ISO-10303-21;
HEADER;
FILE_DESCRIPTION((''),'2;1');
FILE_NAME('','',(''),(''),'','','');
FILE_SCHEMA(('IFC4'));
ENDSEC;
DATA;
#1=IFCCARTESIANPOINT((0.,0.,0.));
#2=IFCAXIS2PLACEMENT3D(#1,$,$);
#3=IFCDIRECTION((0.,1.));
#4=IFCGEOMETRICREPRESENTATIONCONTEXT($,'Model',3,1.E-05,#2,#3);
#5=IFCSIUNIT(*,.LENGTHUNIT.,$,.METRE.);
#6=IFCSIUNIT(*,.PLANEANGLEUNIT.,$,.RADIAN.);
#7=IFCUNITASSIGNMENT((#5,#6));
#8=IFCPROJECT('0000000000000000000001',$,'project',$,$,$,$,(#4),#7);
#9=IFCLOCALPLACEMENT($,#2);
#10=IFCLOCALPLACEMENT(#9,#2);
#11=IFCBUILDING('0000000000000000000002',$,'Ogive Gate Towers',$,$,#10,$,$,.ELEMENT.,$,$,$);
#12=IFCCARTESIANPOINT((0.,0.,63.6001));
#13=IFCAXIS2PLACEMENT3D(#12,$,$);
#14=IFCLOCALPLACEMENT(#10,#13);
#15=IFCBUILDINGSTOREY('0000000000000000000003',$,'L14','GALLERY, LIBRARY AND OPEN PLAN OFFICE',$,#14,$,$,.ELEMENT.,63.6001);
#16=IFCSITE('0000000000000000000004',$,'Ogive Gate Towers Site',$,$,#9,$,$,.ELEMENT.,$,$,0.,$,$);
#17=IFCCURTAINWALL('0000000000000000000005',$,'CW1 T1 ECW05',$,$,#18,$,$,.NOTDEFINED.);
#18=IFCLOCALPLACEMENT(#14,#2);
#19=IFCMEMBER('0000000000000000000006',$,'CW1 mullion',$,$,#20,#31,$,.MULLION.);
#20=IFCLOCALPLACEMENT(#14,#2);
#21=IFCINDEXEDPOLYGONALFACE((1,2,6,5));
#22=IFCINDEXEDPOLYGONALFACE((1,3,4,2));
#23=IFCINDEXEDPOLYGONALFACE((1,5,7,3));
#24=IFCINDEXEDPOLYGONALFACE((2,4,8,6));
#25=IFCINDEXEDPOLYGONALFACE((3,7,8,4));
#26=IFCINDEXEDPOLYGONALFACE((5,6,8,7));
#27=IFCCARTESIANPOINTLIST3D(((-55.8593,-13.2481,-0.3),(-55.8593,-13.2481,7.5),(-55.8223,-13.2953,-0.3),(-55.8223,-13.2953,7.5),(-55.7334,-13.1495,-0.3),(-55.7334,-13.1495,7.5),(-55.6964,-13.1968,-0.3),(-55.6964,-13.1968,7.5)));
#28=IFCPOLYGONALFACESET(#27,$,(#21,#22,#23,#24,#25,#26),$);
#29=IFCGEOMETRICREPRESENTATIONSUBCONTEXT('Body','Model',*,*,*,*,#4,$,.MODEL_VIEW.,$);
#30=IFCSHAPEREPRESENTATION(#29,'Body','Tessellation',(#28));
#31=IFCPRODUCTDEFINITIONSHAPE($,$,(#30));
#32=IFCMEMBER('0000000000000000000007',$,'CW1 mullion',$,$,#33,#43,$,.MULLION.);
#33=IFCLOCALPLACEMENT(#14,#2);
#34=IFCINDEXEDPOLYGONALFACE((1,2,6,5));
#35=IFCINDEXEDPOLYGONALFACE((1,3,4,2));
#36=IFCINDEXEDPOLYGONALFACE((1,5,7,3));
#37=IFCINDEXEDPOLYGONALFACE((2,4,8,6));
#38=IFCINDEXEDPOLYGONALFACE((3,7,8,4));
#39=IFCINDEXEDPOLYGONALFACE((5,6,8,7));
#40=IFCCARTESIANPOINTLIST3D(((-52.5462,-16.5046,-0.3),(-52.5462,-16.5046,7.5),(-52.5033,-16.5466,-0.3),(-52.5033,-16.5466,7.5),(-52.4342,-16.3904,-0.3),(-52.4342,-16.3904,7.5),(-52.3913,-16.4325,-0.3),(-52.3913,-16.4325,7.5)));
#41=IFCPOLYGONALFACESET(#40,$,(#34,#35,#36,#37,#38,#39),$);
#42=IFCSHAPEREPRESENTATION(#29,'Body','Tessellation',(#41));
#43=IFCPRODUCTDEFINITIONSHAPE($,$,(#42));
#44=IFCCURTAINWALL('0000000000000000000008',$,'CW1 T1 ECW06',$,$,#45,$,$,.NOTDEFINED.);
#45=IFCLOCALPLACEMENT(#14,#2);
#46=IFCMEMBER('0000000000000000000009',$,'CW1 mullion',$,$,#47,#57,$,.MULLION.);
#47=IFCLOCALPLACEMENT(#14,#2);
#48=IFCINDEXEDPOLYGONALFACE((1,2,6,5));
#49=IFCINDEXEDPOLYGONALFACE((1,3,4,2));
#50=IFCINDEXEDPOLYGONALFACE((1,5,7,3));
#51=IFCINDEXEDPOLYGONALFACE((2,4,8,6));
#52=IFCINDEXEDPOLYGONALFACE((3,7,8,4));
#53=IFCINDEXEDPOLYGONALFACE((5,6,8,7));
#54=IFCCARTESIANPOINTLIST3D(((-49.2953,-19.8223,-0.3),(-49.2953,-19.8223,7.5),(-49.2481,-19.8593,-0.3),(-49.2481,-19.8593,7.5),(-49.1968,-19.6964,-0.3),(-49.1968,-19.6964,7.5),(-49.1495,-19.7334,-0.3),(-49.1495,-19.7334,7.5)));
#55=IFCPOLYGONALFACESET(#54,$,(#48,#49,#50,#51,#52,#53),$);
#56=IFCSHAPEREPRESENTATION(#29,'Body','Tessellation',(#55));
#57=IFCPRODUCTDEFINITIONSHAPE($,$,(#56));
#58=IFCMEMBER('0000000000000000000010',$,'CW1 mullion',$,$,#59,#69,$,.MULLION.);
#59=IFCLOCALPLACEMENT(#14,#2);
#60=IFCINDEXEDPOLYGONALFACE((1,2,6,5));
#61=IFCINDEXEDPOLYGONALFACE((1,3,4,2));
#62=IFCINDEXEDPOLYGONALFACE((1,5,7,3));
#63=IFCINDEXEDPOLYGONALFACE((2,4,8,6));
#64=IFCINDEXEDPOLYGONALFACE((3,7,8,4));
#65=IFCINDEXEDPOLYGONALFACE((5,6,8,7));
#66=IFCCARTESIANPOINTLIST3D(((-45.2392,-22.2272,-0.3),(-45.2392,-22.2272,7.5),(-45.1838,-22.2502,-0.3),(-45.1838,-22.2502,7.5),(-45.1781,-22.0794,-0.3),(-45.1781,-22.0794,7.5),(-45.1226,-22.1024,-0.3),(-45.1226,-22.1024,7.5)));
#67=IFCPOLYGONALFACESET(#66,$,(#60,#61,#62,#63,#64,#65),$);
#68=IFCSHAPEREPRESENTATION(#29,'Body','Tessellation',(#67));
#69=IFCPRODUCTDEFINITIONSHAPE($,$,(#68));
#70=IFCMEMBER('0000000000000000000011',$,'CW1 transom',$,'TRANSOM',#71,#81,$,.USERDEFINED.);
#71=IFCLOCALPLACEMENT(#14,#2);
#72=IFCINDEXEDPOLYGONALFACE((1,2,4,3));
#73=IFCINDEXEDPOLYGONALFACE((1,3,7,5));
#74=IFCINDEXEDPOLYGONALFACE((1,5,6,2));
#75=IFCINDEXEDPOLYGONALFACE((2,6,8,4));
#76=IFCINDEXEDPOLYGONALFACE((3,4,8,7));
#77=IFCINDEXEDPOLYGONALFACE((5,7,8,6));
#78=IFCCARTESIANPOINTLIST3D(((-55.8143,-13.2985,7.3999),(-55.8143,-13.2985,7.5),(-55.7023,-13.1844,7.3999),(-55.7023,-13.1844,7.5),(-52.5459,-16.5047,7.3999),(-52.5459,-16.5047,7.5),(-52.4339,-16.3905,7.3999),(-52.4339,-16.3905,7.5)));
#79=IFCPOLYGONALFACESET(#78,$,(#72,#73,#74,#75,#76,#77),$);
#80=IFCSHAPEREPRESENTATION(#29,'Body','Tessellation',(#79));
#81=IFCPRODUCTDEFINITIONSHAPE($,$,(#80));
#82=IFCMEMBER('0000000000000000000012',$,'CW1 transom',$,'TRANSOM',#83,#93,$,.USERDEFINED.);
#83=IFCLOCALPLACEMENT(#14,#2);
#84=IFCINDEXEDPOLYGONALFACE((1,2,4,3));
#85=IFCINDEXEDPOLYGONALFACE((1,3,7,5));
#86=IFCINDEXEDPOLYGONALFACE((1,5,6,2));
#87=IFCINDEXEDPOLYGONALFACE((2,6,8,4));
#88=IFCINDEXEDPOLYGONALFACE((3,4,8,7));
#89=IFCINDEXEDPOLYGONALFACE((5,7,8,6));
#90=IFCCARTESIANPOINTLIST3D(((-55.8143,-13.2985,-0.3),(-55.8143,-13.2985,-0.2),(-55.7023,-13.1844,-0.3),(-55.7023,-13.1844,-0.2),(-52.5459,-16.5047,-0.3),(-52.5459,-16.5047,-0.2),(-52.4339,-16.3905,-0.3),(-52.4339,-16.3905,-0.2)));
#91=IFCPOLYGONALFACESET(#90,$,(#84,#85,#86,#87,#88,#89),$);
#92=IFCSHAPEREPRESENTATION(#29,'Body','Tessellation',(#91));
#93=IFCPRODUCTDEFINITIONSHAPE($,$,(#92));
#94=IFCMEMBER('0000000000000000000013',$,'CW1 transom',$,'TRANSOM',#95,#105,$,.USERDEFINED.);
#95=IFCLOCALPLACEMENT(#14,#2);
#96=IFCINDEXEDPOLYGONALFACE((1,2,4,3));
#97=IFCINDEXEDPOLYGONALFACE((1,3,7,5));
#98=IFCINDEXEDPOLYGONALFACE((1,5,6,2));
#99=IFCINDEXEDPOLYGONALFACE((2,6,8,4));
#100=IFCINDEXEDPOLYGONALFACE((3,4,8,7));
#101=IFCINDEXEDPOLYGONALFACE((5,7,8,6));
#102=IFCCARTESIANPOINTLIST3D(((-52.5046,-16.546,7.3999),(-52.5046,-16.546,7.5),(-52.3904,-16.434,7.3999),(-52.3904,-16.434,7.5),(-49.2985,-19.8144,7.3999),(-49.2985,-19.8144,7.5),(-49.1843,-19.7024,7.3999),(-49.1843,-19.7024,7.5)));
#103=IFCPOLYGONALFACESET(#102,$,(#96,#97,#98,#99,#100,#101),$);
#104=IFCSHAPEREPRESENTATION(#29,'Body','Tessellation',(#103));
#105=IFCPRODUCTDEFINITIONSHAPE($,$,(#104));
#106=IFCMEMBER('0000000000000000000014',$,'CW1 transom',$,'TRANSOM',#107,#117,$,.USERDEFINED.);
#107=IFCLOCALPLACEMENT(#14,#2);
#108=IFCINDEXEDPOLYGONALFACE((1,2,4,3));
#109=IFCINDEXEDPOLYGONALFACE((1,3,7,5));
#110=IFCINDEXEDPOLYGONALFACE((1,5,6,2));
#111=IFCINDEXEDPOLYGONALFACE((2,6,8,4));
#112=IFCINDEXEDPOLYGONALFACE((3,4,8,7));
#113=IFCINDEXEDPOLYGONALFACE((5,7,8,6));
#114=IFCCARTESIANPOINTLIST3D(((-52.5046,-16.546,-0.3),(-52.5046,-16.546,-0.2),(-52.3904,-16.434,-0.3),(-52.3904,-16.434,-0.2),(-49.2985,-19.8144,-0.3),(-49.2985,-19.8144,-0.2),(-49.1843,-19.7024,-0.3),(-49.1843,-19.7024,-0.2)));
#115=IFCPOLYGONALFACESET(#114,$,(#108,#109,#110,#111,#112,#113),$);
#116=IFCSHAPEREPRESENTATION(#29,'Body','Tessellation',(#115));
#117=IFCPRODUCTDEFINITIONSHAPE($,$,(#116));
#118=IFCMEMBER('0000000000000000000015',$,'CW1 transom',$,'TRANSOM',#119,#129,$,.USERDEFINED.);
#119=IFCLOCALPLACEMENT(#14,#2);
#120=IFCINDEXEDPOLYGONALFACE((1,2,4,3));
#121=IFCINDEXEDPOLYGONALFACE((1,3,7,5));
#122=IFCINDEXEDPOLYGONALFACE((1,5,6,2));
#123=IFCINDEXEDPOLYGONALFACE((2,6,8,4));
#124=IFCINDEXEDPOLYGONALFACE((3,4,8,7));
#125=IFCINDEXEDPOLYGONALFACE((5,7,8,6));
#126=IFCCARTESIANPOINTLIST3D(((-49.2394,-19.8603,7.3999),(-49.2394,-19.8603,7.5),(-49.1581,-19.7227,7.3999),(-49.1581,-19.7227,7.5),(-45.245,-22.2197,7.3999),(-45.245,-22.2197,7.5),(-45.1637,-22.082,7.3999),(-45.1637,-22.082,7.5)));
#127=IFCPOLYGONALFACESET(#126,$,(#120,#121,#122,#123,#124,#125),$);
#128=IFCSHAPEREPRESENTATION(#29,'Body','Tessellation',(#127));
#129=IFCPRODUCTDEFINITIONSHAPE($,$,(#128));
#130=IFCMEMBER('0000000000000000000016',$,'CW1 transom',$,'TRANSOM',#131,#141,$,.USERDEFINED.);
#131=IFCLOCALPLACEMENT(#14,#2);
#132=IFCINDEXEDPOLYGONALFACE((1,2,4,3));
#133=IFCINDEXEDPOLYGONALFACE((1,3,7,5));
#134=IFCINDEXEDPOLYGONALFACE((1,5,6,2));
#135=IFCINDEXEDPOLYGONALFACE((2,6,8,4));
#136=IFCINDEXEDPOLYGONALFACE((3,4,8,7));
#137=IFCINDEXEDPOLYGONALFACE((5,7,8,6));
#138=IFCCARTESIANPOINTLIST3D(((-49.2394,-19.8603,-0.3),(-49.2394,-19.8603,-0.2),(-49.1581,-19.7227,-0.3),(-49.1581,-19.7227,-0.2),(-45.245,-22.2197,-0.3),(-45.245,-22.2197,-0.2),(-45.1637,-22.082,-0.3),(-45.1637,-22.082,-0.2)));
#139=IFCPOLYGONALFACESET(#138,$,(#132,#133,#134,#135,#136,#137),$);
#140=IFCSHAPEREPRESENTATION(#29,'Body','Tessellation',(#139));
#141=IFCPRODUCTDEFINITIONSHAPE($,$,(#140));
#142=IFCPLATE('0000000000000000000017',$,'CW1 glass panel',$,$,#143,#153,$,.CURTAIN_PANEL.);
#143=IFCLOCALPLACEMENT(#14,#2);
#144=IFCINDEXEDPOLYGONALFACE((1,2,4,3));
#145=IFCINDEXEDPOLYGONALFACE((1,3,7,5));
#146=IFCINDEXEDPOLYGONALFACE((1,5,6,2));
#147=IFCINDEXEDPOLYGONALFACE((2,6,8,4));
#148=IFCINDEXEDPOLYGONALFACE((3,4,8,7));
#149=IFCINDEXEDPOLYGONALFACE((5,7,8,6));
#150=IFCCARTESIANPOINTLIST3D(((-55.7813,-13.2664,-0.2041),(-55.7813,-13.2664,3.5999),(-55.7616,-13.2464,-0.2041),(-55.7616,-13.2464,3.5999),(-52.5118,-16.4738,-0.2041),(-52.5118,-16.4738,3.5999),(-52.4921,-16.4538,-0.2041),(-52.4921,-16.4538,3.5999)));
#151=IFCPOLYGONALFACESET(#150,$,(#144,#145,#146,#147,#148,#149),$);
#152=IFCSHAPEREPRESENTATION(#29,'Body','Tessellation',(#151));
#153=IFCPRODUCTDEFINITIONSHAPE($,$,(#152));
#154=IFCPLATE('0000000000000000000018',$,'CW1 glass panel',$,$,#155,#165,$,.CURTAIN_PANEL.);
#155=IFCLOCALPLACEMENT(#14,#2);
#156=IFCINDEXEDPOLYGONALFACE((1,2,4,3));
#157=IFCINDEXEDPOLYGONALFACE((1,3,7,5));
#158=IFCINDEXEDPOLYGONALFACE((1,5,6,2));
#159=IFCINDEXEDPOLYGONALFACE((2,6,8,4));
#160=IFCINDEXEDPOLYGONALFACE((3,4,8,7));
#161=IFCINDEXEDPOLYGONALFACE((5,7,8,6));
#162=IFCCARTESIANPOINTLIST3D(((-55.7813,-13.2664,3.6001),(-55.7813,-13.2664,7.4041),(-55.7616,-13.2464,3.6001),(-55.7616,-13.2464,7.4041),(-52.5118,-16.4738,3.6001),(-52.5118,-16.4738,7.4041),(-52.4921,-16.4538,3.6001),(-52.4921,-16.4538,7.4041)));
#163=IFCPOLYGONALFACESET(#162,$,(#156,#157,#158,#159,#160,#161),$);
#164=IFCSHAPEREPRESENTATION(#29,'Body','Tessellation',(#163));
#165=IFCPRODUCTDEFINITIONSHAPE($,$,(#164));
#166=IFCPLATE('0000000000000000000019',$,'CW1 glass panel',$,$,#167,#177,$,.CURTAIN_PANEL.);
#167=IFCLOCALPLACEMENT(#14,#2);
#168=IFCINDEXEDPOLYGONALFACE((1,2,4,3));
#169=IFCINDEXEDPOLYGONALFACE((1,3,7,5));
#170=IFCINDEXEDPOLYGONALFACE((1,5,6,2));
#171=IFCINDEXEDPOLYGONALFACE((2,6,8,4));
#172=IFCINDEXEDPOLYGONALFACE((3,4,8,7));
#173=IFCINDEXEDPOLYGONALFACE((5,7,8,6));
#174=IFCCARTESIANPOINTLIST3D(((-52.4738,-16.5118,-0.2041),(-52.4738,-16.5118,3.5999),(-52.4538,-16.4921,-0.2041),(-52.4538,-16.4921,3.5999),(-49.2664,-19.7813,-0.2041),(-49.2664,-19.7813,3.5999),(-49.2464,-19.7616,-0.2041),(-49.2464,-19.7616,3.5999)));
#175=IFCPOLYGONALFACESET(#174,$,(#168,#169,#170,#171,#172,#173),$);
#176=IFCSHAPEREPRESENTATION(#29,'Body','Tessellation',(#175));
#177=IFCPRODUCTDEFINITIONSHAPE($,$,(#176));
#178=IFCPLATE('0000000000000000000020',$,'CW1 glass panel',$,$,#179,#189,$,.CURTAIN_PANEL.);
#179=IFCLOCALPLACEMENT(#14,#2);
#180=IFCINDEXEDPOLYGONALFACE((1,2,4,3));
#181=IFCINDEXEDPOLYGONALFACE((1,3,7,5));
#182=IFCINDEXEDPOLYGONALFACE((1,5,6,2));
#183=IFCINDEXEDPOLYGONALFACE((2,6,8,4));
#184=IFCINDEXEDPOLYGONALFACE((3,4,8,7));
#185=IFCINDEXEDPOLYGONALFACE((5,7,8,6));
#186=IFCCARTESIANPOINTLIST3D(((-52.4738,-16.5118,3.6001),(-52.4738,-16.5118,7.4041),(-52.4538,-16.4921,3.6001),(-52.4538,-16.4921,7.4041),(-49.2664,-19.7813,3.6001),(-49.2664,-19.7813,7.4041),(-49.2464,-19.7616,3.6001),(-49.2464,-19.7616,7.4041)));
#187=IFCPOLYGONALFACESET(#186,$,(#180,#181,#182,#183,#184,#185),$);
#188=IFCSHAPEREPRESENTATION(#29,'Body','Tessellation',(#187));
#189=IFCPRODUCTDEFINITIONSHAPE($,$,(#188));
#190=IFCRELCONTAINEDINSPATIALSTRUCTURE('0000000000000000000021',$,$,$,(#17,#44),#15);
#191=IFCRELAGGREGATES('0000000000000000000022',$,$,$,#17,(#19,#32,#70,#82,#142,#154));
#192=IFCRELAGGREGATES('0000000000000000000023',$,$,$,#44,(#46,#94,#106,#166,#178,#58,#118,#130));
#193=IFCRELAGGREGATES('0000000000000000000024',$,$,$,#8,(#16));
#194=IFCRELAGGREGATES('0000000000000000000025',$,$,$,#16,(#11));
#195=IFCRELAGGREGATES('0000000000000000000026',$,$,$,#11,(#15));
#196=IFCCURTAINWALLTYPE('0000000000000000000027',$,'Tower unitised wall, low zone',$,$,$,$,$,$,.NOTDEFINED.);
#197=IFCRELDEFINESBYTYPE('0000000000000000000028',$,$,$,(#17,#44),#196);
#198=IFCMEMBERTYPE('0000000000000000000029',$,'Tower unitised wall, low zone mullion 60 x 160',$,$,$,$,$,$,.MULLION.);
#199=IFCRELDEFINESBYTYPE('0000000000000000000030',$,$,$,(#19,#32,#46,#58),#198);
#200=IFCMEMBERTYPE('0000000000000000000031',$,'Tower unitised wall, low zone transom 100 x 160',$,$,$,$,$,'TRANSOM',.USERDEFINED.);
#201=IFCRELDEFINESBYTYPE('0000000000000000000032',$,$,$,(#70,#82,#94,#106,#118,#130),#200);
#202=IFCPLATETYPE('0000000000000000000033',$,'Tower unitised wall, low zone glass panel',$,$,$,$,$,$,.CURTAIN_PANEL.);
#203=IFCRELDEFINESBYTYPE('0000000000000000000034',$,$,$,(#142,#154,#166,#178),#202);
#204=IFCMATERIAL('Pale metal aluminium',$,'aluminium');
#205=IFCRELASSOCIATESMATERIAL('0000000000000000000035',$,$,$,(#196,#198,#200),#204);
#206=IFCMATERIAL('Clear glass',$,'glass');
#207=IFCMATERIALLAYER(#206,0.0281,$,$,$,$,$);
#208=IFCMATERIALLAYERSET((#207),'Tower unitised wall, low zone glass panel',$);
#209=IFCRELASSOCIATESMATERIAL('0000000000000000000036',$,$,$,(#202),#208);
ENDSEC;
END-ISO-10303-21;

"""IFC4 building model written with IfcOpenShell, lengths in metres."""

from ifc_helpers import new_model, si_unit, direction, frame, origin, origin_2d, place, context, subcontext, project, spatial, rectangle, extrude, material, layer, layer_set, material_profile, profile_set, type_object, element, aggregate, save


model = new_model("IFC4")

# Units and contexts
model_context = context("Model", 3, precision=1e-05, world=origin(), true_north=direction((0.0, 1.0)))
body_context = subcontext(model_context, "Body", "Model", "MODEL_VIEW")
ifc_project = project(units=[si_unit("LENGTHUNIT", "METRE"), si_unit("PLANEANGLEUNIT", "RADIAN")], contexts=[model_context])

# Site, building, storey
site_placement = place(None, origin())
site = spatial("IfcSite", under=ifc_project, at=site_placement, Name="Ogive Gate Towers Site", CompositionType="ELEMENT", RefElevation=0.0)
building_placement = place(site_placement, origin())
building = spatial("IfcBuilding", under=site, at=building_placement, Name="Ogive Gate Towers", CompositionType="ELEMENT")
storey_placement = place(building_placement, frame((0.0, 0.0, 63.6001)))
storey = spatial("IfcBuildingStorey", under=building, at=storey_placement, Name="L14", Description="GALLERY, LIBRARY AND OPEN PLAN OFFICE", CompositionType="ELEMENT", Elevation=63.6001)

# Curtain walls, members
ifc_material_1 = material(Name="Pale metal aluminium", Category="aluminium")
curtain_wall_type = type_object("IfcCurtainWallType", Name="Tower unitised wall, low zone", PredefinedType="NOTDEFINED", material=ifc_material_1)
curtain_wall_1_placement = place(storey_placement, origin())
curtain_wall_1 = element("IfcCurtainWall", 1, at=curtain_wall_1_placement, inside=storey, type_object=curtain_wall_type, Name="CW1 T1 ECW05", PredefinedType="NOTDEFINED")
ifc_material_profile_1 = material_profile(ifc_material_1, rectangle(XDim=0.1599, YDim=0.0601, at=origin_2d()), Name="60 x 160 aluminium box")
ifc_profile_set_1 = profile_set([ifc_material_profile_1], Name="Pale metal aluminium")
member_type_1 = type_object("IfcMemberType", Name="Tower unitised wall, low zone mullion 60 x 160", PredefinedType="MULLION", material=ifc_profile_set_1)
member_1_placement = place(storey_placement, frame((-55.7778, -13.2224, -0.3), z_axis=(0.0, 0.0, 1.0), x_axis=(-0.787387, -0.616459, 0.0)))
member_1 = element("IfcMember", 2, at=member_1_placement, type_object=member_type_1, Name="CW1 mullion", PredefinedType="MULLION", context=body_context, shape_type="SweptSolid", body=[
    extrude(rectangle(XDim=0.1599, YDim=0.0601, at=origin_2d()), origin(), (0.0, 0.0, 1.0), 7.8),
])
member_2_placement = place(storey_placement, frame((-52.4688, -16.4685, -0.3), z_axis=(0.0, 0.0, 1.0), x_axis=(-0.700299, -0.71385, 0.0)))
member_2 = element("IfcMember", 3, at=member_2_placement, type_object=member_type_1, Name="CW1 mullion", PredefinedType="MULLION", context=body_context, shape_type="SweptSolid", body=[
    extrude(rectangle(XDim=0.1599, YDim=0.0601, at=origin_2d()), origin(), (0.0, 0.0, 1.0), 7.8),
])
curtain_wall_2_placement = place(storey_placement, origin())
curtain_wall_2 = element("IfcCurtainWall", 4, at=curtain_wall_2_placement, inside=storey, type_object=curtain_wall_type, Name="CW1 T1 ECW06", PredefinedType="NOTDEFINED")
member_3_placement = place(storey_placement, frame((-49.2224, -19.7778, -0.3), z_axis=(0.0, 0.0, 1.0), x_axis=(-0.616459, -0.787387, 0.0)))
member_3 = element("IfcMember", 5, at=member_3_placement, type_object=member_type_1, Name="CW1 mullion", PredefinedType="MULLION", context=body_context, shape_type="SweptSolid", body=[
    extrude(rectangle(XDim=0.1599, YDim=0.0601, at=origin_2d()), origin(), (0.0, 0.0, 1.0), 7.8),
])
member_4_placement = place(storey_placement, frame((-45.1809, -22.1648, -0.3), z_axis=(0.0, 0.0, 1.0), x_axis=(-0.382683, -0.92388, 0.0)))
member_4 = element("IfcMember", 6, at=member_4_placement, type_object=member_type_1, Name="CW1 mullion", PredefinedType="MULLION", context=body_context, shape_type="SweptSolid", body=[
    extrude(rectangle(XDim=0.1599, YDim=0.0601, at=origin_2d()), origin(), (0.0, 0.0, 1.0), 7.8),
])

# Members
ifc_material_profile_2 = material_profile(ifc_material_1, rectangle(XDim=0.1599, YDim=0.1001, at=origin_2d()), Name="100 x 160 aluminium box")
ifc_profile_set_2 = profile_set([ifc_material_profile_2], Name="Pale metal aluminium")
member_type_2 = type_object("IfcMemberType", Name="Tower unitised wall, low zone transom 100 x 160", ElementType="TRANSOM", PredefinedType="USERDEFINED", material=ifc_profile_set_2)
member_5_placement = place(storey_placement, frame((-55.7583, -13.2415, 7.45), z_axis=(0.713873, -0.700275, 0.0), x_axis=(0.700275, 0.713873, 0.0)))
member_5 = element("IfcMember", 7, at=member_5_placement, type_object=member_type_2, Name="CW1 transom", ObjectType="TRANSOM", PredefinedType="USERDEFINED", context=body_context, shape_type="SweptSolid", body=[
    extrude(rectangle(XDim=0.1599, YDim=0.1001, at=origin_2d()), origin(), (0.0, 0.0, 1.0), 4.5784),
])
member_6_placement = place(storey_placement, frame((-55.7583, -13.2415, -0.25), z_axis=(0.713873, -0.700275, 0.0), x_axis=(0.700275, 0.713873, 0.0)))
member_6 = element("IfcMember", 8, at=member_6_placement, type_object=member_type_2, Name="CW1 transom", ObjectType="TRANSOM", PredefinedType="USERDEFINED", context=body_context, shape_type="SweptSolid", body=[
    extrude(rectangle(XDim=0.1599, YDim=0.1001, at=origin_2d()), origin(), (0.0, 0.0, 1.0), 4.5784),
])
member_7_placement = place(storey_placement, frame((-52.4475, -16.49, 7.45), z_axis=(0.700275, -0.713873, 0.0), x_axis=(0.713873, 0.700275, 0.0)))
member_7 = element("IfcMember", 9, at=member_7_placement, type_object=member_type_2, Name="CW1 transom", ObjectType="TRANSOM", PredefinedType="USERDEFINED", context=body_context, shape_type="SweptSolid", body=[
    extrude(rectangle(XDim=0.1599, YDim=0.1001, at=origin_2d()), origin(), (0.0, 0.0, 1.0), 4.5784),
])
member_8_placement = place(storey_placement, frame((-52.4475, -16.49, -0.25), z_axis=(0.700275, -0.713873, 0.0), x_axis=(0.713873, 0.700275, 0.0)))
member_8 = element("IfcMember", 10, at=member_8_placement, type_object=member_type_2, Name="CW1 transom", ObjectType="TRANSOM", PredefinedType="USERDEFINED", context=body_context, shape_type="SweptSolid", body=[
    extrude(rectangle(XDim=0.1599, YDim=0.1001, at=origin_2d()), origin(), (0.0, 0.0, 1.0), 4.5784),
])
member_9_placement = place(storey_placement, frame((-49.1987, -19.7915, 7.45), z_axis=(0.861016, -0.508579, 0.0), x_axis=(0.508579, 0.861016, 0.0)))
member_9 = element("IfcMember", 11, at=member_9_placement, type_object=member_type_2, Name="CW1 transom", ObjectType="TRANSOM", PredefinedType="USERDEFINED", context=body_context, shape_type="SweptSolid", body=[
    extrude(rectangle(XDim=0.1599, YDim=0.1001, at=origin_2d()), origin(), (0.0, 0.0, 1.0), 4.6392),
])
member_10_placement = place(storey_placement, frame((-49.1987, -19.7915, -0.25), z_axis=(0.861016, -0.508579, 0.0), x_axis=(0.508579, 0.861016, 0.0)))
member_10 = element("IfcMember", 12, at=member_10_placement, type_object=member_type_2, Name="CW1 transom", ObjectType="TRANSOM", PredefinedType="USERDEFINED", context=body_context, shape_type="SweptSolid", body=[
    extrude(rectangle(XDim=0.1599, YDim=0.1001, at=origin_2d()), origin(), (0.0, 0.0, 1.0), 4.6392),
])

# Plates
ifc_material_2 = material(Name="Clear glass", Category="glass")
ifc_layer_1 = layer(ifc_material_2, 0.0281)
ifc_layer_set_1 = layer_set([ifc_layer_1], Name="Tower unitised wall, low zone glass panel")
plate_type = type_object("IfcPlateType", Name="Tower unitised wall, low zone glass panel", PredefinedType="CURTAIN_PANEL", material=ifc_layer_set_1)
plate_1_placement = place(storey_placement, frame((-54.1367, -14.8601, -0.2041), z_axis=(0.0, 0.0, 1.0), x_axis=(0.71385, -0.700299, 0.0)))
plate_1 = element("IfcPlate", 13, at=plate_1_placement, type_object=plate_type, Name="CW1 glass panel", PredefinedType="CURTAIN_PANEL", context=body_context, shape_type="SweptSolid", body=[
    extrude(rectangle(XDim=4.5801, YDim=0.0281, at=origin_2d()), origin(), (0.0, 0.0, 1.0), 3.804),
])
plate_2_placement = place(storey_placement, frame((-54.1367, -14.8601, 3.6001), z_axis=(0.0, 0.0, 1.0), x_axis=(0.71385, -0.700299, 0.0)))
plate_2 = element("IfcPlate", 14, at=plate_2_placement, type_object=plate_type, Name="CW1 glass panel", PredefinedType="CURTAIN_PANEL", context=body_context, shape_type="SweptSolid", body=[
    extrude(rectangle(XDim=4.5801, YDim=0.0281, at=origin_2d()), origin(), (0.0, 0.0, 1.0), 3.804),
])
aggregate(curtain_wall_1, [member_1, member_2, member_5, member_6, plate_1, plate_2])
plate_3_placement = place(storey_placement, frame((-50.8601, -18.1367, -0.2041), z_axis=(0.0, 0.0, 1.0), x_axis=(0.700299, -0.71385, 0.0)))
plate_3 = element("IfcPlate", 15, at=plate_3_placement, type_object=plate_type, Name="CW1 glass panel", PredefinedType="CURTAIN_PANEL", context=body_context, shape_type="SweptSolid", body=[
    extrude(rectangle(XDim=4.5801, YDim=0.0281, at=origin_2d()), origin(), (0.0, 0.0, 1.0), 3.804),
])
plate_4_placement = place(storey_placement, frame((-50.8601, -18.1367, 3.6001), z_axis=(0.0, 0.0, 1.0), x_axis=(0.700299, -0.71385, 0.0)))
plate_4 = element("IfcPlate", 16, at=plate_4_placement, type_object=plate_type, Name="CW1 glass panel", PredefinedType="CURTAIN_PANEL", context=body_context, shape_type="SweptSolid", body=[
    extrude(rectangle(XDim=4.5801, YDim=0.0281, at=origin_2d()), origin(), (0.0, 0.0, 1.0), 3.804),
])
aggregate(curtain_wall_2, [member_3, member_7, member_8, plate_3, plate_4, member_4, member_9, member_10])

save(model, "model.ifc")
